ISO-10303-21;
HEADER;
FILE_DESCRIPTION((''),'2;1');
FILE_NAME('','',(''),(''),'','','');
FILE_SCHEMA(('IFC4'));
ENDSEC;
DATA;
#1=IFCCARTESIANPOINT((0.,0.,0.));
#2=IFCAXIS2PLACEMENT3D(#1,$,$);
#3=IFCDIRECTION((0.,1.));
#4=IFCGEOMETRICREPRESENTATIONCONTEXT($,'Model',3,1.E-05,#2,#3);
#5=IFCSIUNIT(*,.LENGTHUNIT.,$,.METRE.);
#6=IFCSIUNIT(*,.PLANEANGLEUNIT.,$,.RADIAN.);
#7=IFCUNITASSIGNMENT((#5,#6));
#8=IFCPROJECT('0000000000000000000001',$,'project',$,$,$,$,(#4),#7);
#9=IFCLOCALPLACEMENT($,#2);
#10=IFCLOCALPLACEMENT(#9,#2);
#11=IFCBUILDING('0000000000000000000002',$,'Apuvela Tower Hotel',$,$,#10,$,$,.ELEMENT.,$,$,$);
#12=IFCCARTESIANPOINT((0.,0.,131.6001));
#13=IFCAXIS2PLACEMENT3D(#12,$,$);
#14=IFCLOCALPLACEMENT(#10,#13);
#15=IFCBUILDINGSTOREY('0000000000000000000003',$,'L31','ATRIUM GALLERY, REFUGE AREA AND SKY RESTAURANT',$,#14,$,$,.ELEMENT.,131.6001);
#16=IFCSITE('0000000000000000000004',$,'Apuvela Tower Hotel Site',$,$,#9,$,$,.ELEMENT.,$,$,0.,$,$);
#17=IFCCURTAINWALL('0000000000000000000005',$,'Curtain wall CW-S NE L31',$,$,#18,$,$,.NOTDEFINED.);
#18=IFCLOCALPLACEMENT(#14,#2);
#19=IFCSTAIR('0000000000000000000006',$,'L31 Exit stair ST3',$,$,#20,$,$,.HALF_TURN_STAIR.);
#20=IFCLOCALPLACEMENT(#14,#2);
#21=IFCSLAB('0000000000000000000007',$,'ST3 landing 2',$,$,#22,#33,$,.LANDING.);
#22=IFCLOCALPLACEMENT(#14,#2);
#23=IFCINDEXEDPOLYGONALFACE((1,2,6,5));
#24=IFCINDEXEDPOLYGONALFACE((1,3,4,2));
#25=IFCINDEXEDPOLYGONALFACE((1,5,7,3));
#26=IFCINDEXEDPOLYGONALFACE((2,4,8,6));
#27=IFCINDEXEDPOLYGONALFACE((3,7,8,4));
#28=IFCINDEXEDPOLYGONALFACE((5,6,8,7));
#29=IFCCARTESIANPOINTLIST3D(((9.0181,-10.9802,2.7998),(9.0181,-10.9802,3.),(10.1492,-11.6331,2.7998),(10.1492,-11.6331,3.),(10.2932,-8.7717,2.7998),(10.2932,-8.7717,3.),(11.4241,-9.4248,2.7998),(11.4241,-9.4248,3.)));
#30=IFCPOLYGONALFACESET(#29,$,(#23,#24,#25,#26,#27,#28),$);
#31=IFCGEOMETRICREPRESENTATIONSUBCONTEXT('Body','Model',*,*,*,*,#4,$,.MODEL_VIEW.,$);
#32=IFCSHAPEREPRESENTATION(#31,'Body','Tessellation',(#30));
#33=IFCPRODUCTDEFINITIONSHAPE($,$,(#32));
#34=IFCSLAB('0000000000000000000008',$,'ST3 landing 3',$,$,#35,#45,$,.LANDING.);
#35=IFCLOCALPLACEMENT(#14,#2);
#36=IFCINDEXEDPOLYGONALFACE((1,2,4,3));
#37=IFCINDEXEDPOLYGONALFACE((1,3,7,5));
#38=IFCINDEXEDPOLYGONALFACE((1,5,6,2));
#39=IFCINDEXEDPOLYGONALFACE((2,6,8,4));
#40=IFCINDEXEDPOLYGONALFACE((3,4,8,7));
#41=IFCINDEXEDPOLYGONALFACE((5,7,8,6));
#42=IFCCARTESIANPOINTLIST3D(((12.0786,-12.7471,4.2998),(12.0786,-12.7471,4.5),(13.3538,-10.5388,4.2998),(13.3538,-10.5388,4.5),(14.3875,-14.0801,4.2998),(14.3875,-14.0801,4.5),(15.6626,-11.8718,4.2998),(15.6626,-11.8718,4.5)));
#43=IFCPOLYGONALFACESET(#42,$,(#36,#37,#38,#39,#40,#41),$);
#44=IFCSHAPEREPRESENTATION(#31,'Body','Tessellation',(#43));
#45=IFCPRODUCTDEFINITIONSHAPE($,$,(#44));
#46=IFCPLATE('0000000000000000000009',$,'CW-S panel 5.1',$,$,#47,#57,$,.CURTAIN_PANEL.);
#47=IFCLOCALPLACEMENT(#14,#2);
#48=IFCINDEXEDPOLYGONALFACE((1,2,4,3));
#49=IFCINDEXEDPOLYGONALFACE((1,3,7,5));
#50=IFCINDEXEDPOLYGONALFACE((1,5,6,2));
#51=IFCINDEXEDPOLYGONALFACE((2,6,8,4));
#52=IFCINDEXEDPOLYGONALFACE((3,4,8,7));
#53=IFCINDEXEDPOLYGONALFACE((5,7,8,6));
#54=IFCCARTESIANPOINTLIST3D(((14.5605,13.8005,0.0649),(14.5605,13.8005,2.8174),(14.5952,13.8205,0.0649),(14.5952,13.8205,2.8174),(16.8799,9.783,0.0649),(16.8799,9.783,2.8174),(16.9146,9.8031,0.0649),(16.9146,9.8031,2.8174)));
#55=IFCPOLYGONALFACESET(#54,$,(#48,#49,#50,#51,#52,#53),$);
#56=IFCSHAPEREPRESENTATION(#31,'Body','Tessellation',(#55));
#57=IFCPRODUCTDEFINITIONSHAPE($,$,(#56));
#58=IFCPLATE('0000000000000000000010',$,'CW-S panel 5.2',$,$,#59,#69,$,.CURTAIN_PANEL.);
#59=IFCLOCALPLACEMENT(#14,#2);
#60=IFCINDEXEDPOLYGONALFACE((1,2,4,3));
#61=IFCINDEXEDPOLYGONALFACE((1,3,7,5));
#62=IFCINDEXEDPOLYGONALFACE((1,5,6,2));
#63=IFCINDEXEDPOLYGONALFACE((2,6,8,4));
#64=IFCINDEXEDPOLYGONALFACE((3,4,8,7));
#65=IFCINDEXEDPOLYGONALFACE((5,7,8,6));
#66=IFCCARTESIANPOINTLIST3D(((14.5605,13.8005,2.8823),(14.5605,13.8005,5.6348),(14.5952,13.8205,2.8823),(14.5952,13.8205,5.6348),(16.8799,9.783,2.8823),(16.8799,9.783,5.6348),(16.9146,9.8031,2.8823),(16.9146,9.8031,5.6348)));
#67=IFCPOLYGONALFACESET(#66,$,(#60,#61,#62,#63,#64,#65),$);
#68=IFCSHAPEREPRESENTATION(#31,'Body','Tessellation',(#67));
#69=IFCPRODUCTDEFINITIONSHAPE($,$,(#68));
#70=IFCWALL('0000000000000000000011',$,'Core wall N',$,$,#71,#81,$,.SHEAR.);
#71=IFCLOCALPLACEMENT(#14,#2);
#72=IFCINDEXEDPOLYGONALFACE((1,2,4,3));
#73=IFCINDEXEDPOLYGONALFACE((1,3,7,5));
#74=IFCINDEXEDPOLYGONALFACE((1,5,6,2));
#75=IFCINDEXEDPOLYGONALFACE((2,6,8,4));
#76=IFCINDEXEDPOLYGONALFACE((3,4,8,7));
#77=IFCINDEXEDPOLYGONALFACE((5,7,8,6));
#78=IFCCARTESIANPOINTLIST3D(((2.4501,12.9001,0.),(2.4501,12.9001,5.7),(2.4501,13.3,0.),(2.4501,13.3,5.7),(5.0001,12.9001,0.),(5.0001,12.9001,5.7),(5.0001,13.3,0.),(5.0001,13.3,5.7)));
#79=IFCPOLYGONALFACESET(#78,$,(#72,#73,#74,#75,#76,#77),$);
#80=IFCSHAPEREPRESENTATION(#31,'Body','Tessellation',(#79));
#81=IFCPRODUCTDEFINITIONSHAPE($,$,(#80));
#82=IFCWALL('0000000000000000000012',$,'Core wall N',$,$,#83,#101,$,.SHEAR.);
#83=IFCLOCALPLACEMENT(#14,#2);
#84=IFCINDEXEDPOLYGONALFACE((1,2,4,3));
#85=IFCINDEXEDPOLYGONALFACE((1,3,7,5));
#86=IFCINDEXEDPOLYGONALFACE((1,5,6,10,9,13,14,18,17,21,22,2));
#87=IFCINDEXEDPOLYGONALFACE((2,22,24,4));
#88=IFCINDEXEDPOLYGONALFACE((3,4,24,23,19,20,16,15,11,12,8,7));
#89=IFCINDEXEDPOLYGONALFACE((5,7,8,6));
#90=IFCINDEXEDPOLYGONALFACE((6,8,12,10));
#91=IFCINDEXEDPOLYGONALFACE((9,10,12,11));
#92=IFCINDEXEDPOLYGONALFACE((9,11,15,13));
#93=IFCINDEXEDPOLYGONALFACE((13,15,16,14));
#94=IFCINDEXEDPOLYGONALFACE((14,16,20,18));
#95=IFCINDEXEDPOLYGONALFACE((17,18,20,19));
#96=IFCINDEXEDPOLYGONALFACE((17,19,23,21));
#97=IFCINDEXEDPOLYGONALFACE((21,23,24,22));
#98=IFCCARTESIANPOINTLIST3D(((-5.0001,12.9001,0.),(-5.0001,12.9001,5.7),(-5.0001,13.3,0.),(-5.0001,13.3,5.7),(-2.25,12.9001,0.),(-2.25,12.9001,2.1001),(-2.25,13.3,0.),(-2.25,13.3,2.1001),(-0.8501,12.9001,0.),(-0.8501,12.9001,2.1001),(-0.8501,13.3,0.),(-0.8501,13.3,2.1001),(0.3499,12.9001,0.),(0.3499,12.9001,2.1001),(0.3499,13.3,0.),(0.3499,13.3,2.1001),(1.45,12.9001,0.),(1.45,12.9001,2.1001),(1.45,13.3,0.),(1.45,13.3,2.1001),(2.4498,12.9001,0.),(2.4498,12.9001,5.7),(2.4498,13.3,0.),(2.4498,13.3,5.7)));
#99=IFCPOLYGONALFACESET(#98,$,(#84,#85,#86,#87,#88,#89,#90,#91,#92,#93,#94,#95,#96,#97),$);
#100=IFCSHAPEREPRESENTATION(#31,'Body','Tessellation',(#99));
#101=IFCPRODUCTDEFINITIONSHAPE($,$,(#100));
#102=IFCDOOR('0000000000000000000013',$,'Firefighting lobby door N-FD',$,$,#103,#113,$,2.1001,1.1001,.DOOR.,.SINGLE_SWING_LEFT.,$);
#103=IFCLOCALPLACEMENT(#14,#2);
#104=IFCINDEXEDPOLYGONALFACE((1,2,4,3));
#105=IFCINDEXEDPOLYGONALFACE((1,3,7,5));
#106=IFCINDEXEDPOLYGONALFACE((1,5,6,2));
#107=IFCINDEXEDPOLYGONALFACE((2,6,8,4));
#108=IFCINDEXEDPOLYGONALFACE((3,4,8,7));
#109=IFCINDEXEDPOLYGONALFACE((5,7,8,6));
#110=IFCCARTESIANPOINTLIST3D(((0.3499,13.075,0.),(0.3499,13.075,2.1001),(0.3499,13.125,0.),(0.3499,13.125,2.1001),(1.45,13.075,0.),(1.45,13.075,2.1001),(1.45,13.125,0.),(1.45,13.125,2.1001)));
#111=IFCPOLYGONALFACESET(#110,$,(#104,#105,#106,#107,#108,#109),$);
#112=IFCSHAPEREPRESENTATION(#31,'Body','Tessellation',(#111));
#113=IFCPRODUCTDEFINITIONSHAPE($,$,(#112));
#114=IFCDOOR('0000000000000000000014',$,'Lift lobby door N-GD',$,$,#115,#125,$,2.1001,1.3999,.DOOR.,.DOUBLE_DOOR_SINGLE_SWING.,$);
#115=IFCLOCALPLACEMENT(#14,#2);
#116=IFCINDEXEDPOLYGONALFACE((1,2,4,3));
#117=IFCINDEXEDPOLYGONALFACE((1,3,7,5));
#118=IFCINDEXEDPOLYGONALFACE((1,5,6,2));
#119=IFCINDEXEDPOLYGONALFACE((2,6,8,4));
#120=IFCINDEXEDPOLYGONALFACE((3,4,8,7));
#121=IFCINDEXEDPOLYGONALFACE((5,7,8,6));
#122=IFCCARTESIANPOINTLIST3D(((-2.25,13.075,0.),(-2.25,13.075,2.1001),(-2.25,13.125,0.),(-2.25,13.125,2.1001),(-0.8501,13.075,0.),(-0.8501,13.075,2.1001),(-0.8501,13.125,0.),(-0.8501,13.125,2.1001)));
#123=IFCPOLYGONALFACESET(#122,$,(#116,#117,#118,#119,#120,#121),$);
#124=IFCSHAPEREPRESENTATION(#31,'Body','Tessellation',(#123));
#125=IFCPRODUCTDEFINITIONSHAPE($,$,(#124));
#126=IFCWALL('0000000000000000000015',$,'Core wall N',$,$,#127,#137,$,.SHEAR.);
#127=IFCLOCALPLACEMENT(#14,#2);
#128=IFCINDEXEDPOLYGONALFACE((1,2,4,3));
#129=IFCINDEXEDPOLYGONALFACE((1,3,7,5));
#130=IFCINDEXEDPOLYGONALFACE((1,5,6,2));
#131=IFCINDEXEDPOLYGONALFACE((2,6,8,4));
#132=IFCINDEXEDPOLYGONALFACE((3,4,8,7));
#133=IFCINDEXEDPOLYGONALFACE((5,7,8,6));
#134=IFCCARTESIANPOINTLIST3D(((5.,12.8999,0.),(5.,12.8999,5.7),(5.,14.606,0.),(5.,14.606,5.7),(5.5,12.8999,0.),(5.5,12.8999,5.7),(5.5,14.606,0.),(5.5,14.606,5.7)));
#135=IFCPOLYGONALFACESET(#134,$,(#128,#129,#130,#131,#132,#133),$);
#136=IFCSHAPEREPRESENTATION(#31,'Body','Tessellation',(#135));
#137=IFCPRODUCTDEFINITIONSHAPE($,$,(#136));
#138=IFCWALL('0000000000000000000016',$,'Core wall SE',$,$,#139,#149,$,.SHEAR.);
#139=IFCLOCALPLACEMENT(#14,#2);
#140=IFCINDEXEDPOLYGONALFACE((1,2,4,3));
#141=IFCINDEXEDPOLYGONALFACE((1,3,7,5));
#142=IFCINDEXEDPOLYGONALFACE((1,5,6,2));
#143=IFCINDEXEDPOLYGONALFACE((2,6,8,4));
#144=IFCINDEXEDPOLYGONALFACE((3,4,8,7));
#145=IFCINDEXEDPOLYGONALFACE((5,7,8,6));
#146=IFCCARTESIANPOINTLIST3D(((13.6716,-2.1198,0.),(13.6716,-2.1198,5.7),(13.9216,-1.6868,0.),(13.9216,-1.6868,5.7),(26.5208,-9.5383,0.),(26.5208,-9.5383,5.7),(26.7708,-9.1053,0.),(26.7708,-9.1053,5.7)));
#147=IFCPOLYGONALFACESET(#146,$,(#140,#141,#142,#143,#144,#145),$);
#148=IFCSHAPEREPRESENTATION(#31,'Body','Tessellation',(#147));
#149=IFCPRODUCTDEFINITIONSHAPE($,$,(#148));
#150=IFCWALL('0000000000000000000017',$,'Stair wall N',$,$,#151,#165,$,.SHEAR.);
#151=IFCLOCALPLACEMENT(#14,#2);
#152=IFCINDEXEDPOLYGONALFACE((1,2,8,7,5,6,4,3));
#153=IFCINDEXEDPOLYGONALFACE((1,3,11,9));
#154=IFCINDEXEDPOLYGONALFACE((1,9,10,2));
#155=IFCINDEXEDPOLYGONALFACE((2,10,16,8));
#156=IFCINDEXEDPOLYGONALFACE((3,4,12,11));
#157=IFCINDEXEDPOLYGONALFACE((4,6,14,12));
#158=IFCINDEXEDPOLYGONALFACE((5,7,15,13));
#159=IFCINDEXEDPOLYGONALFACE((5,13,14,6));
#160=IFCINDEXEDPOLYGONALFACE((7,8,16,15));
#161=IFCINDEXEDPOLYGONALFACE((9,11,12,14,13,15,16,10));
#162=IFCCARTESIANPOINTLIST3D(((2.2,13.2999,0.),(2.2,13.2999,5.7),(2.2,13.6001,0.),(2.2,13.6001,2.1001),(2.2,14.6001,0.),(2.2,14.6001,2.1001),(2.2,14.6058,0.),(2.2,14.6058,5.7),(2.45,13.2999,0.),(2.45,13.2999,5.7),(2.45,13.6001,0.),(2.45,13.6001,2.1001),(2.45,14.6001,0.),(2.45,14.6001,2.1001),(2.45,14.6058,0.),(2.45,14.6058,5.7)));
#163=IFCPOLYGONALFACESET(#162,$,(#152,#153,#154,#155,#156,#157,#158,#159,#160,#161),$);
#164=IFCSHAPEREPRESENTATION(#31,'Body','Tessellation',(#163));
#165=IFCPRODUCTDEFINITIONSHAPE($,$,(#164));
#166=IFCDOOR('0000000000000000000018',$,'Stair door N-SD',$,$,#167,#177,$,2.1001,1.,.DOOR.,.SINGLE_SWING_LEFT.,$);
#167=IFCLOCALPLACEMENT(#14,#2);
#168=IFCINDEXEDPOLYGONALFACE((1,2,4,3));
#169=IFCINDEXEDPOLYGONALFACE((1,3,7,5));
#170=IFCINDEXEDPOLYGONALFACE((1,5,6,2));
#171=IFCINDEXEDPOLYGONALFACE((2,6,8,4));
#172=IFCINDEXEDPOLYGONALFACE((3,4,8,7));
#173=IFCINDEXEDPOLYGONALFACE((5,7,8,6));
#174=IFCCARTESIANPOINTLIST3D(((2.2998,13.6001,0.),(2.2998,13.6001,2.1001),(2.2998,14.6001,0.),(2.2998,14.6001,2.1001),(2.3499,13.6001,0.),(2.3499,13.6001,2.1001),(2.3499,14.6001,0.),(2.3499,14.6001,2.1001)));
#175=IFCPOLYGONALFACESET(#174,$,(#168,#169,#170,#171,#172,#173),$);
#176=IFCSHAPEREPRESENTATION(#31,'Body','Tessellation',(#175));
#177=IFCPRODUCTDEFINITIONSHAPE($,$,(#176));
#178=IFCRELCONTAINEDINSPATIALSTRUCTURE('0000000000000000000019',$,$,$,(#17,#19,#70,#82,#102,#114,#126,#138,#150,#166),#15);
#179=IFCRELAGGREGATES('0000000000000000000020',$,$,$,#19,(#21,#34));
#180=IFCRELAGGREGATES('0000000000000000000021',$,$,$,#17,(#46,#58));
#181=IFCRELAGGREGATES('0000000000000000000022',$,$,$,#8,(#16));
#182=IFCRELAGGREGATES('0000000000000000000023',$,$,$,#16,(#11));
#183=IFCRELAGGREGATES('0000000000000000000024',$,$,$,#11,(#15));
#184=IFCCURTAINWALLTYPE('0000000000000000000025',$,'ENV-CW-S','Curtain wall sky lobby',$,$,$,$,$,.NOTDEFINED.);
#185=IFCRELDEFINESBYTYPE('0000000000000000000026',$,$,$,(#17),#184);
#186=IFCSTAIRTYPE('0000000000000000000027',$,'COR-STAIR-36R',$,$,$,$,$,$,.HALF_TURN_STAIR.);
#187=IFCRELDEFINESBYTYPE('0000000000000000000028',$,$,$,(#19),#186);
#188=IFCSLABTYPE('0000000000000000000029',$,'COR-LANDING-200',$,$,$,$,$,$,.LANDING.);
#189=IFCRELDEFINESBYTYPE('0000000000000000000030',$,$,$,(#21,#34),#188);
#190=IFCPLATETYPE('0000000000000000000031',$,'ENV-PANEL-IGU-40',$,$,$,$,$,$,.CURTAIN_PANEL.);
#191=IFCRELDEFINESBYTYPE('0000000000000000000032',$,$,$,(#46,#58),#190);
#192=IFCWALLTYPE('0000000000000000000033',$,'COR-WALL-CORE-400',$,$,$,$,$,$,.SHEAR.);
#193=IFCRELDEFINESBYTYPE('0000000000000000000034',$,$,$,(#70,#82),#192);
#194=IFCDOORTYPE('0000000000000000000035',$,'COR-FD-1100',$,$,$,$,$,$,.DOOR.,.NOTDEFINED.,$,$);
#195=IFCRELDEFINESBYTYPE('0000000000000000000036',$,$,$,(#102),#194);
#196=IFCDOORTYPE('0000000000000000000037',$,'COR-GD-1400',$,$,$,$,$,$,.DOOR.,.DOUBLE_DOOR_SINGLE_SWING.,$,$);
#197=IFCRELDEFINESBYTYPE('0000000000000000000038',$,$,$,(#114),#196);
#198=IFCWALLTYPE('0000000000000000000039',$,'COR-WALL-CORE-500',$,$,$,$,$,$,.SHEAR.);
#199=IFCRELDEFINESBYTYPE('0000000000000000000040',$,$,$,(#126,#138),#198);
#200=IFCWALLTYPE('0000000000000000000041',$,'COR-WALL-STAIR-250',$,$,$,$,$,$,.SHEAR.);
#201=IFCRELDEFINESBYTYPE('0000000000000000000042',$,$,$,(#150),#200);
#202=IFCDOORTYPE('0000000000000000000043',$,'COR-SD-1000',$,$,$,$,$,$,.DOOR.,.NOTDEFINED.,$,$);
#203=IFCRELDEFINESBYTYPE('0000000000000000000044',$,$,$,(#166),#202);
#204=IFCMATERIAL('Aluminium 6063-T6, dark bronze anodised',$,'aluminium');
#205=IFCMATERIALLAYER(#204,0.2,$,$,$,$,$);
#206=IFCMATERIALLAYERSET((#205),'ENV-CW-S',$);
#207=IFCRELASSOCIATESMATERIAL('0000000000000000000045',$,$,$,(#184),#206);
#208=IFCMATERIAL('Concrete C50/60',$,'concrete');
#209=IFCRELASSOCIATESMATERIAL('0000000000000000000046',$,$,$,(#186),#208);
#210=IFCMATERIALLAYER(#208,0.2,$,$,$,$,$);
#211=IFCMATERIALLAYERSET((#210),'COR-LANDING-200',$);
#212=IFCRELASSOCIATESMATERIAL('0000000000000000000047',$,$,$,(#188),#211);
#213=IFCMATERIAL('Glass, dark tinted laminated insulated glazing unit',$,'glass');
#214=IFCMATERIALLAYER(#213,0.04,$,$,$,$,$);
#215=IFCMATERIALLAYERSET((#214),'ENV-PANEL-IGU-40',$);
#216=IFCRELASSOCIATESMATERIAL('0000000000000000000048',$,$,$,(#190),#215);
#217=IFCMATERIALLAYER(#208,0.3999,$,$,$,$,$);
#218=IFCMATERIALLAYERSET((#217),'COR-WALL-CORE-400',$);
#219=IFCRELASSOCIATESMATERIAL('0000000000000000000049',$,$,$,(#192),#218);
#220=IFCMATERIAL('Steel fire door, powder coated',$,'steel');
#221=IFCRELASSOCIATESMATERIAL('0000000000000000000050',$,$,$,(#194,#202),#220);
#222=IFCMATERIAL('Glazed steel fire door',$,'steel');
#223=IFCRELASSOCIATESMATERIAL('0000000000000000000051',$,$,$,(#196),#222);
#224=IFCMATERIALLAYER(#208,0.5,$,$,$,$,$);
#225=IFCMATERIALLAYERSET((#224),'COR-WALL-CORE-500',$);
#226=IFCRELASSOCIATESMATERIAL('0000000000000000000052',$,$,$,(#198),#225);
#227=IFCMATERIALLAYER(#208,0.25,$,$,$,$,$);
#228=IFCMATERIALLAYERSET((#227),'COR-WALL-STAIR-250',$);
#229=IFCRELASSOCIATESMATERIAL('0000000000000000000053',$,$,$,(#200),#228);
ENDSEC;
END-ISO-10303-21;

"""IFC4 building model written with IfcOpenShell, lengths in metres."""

from ifc_helpers import new_model, si_unit, direction, frame, frame_2d, origin, origin_2d, place, context, subcontext, project, spatial, polyline, rectangle, outline, extrude, material, layer, layer_set, type_object, element, fill, aggregate, save


model = new_model("IFC4")

# Units and contexts
model_context = context("Model", 3, precision=1e-05, world=origin(), true_north=direction((0.0, 1.0)))
body_context = subcontext(model_context, "Body", "Model", "MODEL_VIEW")
ifc_project = project(units=[si_unit("LENGTHUNIT", "METRE"), si_unit("PLANEANGLEUNIT", "RADIAN")], contexts=[model_context])

# Site, building, storey
site_placement = place(None, origin())
site = spatial("IfcSite", under=ifc_project, at=site_placement, Name="Apuvela Tower Hotel Site", CompositionType="ELEMENT", RefElevation=0.0)
building_placement = place(site_placement, origin())
building = spatial("IfcBuilding", under=site, at=building_placement, Name="Apuvela Tower Hotel", CompositionType="ELEMENT")
storey_placement = place(building_placement, frame((0.0, 0.0, 131.6001)))
storey = spatial("IfcBuildingStorey", under=building, at=storey_placement, Name="L31", Description="ATRIUM GALLERY, REFUGE AREA AND SKY RESTAURANT", CompositionType="ELEMENT", Elevation=131.6001)

# Curtain wall
ifc_material_1 = material(Name="Aluminium 6063-T6, dark bronze anodised", Category="aluminium")
ifc_layer_1 = layer(ifc_material_1, 0.2)
ifc_layer_set_1 = layer_set([ifc_layer_1], Name="ENV-CW-S")
curtain_wall_type = type_object("IfcCurtainWallType", Name="ENV-CW-S", Description="Curtain wall sky lobby", PredefinedType="NOTDEFINED", material=ifc_layer_set_1)
curtain_wall_placement = place(storey_placement, origin())
curtain_wall = element("IfcCurtainWall", 1, at=curtain_wall_placement, inside=storey, type_object=curtain_wall_type, Name="Curtain wall CW-S NE L31", PredefinedType="NOTDEFINED")

# Stair, slabs
ifc_material_2 = material(Name="Concrete C50/60", Category="concrete")
stair_type = type_object("IfcStairType", Name="COR-STAIR-36R", PredefinedType="HALF_TURN_STAIR", material=ifc_material_2)
stair_placement = place(storey_placement, origin())
stair = element("IfcStair", 2, at=stair_placement, inside=storey, type_object=stair_type, Name="L31 Exit stair ST3", PredefinedType="HALF_TURN_STAIR")
ifc_layer_2 = layer(ifc_material_2, 0.2)
ifc_layer_set_2 = layer_set([ifc_layer_2], Name="COR-LANDING-200")
slab_type = type_object("IfcSlabType", Name="COR-LANDING-200", PredefinedType="LANDING", material=ifc_layer_set_2)
slab_1_placement = place(storey_placement, frame((0.0, 0.0, 2.7998)))
slab_1 = element("IfcSlab", 3, at=slab_1_placement, type_object=slab_type, Name="ST3 landing 2", PredefinedType="LANDING", context=body_context, shape_type="SweptSolid", body=[
    extrude(outline(polyline([(9.0181, -10.9802), (10.1492, -11.6331), (11.4241, -9.4248), (10.2932, -8.7717), (9.0181, -10.9802)])), origin(), (0.0, 0.0, 1.0), 0.2002),
])
slab_2_placement = place(storey_placement, frame((0.0, 0.0, 4.2998)))
slab_2 = element("IfcSlab", 4, at=slab_2_placement, type_object=slab_type, Name="ST3 landing 3", PredefinedType="LANDING", context=body_context, shape_type="SweptSolid", body=[
    extrude(outline(polyline([(12.0786, -12.7471), (14.3875, -14.0801), (15.6626, -11.8718), (13.3538, -10.5388), (12.0786, -12.7471)])), origin(), (0.0, 0.0, 1.0), 0.2002),
])
aggregate(stair, [slab_1, slab_2])

# Plates
ifc_material_3 = material(Name="Glass, dark tinted laminated insulated glazing unit", Category="glass")
ifc_layer_3 = layer(ifc_material_3, 0.04)
ifc_layer_set_3 = layer_set([ifc_layer_3], Name="ENV-PANEL-IGU-40")
plate_type = type_object("IfcPlateType", Name="ENV-PANEL-IGU-40", PredefinedType="CURTAIN_PANEL", material=ifc_layer_set_3)
plate_1_placement = place(storey_placement, frame((15.7375, 11.8018, 0.0649), z_axis=(0.0, 0.0, 1.0), x_axis=(-0.499999, 0.866026, 0.0)))
plate_1 = element("IfcPlate", 5, at=plate_1_placement, type_object=plate_type, Name="CW-S panel 5.1", PredefinedType="CURTAIN_PANEL", context=body_context, shape_type="SweptSolid", body=[
    extrude(rectangle(XDim=4.6389, YDim=0.04, at=origin_2d()), origin(), (0.0, 0.0, 1.0), 2.7524),
])
plate_2_placement = place(storey_placement, frame((15.7375, 11.8018, 2.8823), z_axis=(0.0, 0.0, 1.0), x_axis=(-0.499999, 0.866026, 0.0)))
plate_2 = element("IfcPlate", 6, at=plate_2_placement, type_object=plate_type, Name="CW-S panel 5.2", PredefinedType="CURTAIN_PANEL", context=body_context, shape_type="SweptSolid", body=[
    extrude(rectangle(XDim=4.6389, YDim=0.04, at=origin_2d()), origin(), (0.0, 0.0, 1.0), 2.7524),
])
aggregate(curtain_wall, [plate_1, plate_2])

# Wall
ifc_layer_4 = layer(ifc_material_2, 0.3999)
ifc_layer_set_4 = layer_set([ifc_layer_4], Name="COR-WALL-CORE-400")
wall_type_1 = type_object("IfcWallType", Name="COR-WALL-CORE-400", PredefinedType="SHEAR", material=ifc_layer_set_4)
wall_1_placement = place(storey_placement, frame((5.0, 13.1001, 0.0), z_axis=(0.0, 0.0, 1.0), x_axis=(-1.0, 0.0, 0.0)))
element("IfcWall", 7, at=wall_1_placement, inside=storey, type_object=wall_type_1, Name="Core wall N", PredefinedType="SHEAR", context=body_context, shape_type="SweptSolid", body=[
    extrude(rectangle(XDim=2.55, YDim=0.3999, at=frame_2d((1.2749, 0.0))), origin(), (0.0, 0.0, 1.0), 5.7),
])

# Wall, openings, doors
wall_2_placement = place(storey_placement, frame((2.45, 13.1001, 0.0), z_axis=(0.0, 0.0, 1.0), x_axis=(-1.0, 0.0, 0.0)))
wall_2 = element("IfcWall", 8, at=wall_2_placement, inside=storey, type_object=wall_type_1, Name="Core wall N", PredefinedType="SHEAR", context=body_context, shape_type="SweptSolid", body=[
    extrude(rectangle(XDim=7.45, YDim=0.3999, at=frame_2d((3.7251, 0.0))), origin(), (0.0, 0.0, 1.0), 5.7),
])
opening_1_placement = place(wall_2_placement, frame((1.0, 0.0, 0.0)))
opening_1 = element("IfcOpeningElement", 9, at=opening_1_placement, cuts=wall_2, PredefinedType="OPENING", context=body_context, shape_type="SweptSolid", body=[
    extrude(rectangle(XDim=1.1001, YDim=2.1001, at=frame_2d((0.55, 1.05))), frame((0.0, 0.21, 0.0), z_axis=(0.0, -1.0, 0.0), x_axis=(1.0, 0.0, 0.0)), (0.0, 0.0, 1.0), 0.4199),
])
opening_2_placement = place(wall_2_placement, frame((3.3, 0.0, 0.0)))
opening_2 = element("IfcOpeningElement", 10, at=opening_2_placement, cuts=wall_2, PredefinedType="OPENING", context=body_context, shape_type="SweptSolid", body=[
    extrude(rectangle(XDim=1.3999, YDim=2.1001, at=frame_2d((0.7, 1.05))), frame((0.0, 0.21, 0.0), z_axis=(0.0, -1.0, 0.0), x_axis=(1.0, 0.0, 0.0)), (0.0, 0.0, 1.0), 0.4199),
])
ifc_material_4 = material(Name="Steel fire door, powder coated", Category="steel")
door_type_1 = type_object("IfcDoorType", Name="COR-FD-1100", OperationType="NOTDEFINED", PredefinedType="DOOR", material=ifc_material_4)
door_1_placement = place(opening_1_placement, frame((1.1001, 0.0, 0.0), z_axis=(0.0, 0.0, 1.0), x_axis=(-1.0, 0.0, 0.0)))
door_1 = element("IfcDoor", 11, at=door_1_placement, inside=storey, type_object=door_type_1, Name="Firefighting lobby door N-FD", OperationType="SINGLE_SWING_LEFT", OverallHeight=2.1001, OverallWidth=1.1001, PredefinedType="DOOR", context=body_context, shape_type="SweptSolid", body=[
    extrude(rectangle(XDim=1.1001, YDim=2.1001, at=frame_2d((0.55, 1.05))), frame((0.0, 0.0249, 0.0), z_axis=(0.0, -1.0, 0.0), x_axis=(1.0, 0.0, 0.0)), (0.0, 0.0, 1.0), 0.05),
])
fill(opening_1, door_1)
ifc_material_5 = material(Name="Glazed steel fire door", Category="steel")
door_type_2 = type_object("IfcDoorType", Name="COR-GD-1400", OperationType="DOUBLE_DOOR_SINGLE_SWING", PredefinedType="DOOR", material=ifc_material_5)
door_2_placement = place(opening_2_placement, frame((1.3999, 0.0, 0.0), z_axis=(0.0, 0.0, 1.0), x_axis=(-1.0, 0.0, 0.0)))
door_2 = element("IfcDoor", 12, at=door_2_placement, inside=storey, type_object=door_type_2, Name="Lift lobby door N-GD", OperationType="DOUBLE_DOOR_SINGLE_SWING", OverallHeight=2.1001, OverallWidth=1.3999, PredefinedType="DOOR", context=body_context, shape_type="SweptSolid", body=[
    extrude(rectangle(XDim=1.3999, YDim=2.1001, at=frame_2d((0.7, 1.05))), frame((0.0, 0.0249, 0.0), z_axis=(0.0, -1.0, 0.0), x_axis=(1.0, 0.0, 0.0)), (0.0, 0.0, 1.0), 0.05),
])
fill(opening_2, door_2)

# Walls
ifc_layer_5 = layer(ifc_material_2, 0.5)
ifc_layer_set_5 = layer_set([ifc_layer_5], Name="COR-WALL-CORE-500")
wall_type_2 = type_object("IfcWallType", Name="COR-WALL-CORE-500", PredefinedType="SHEAR", material=ifc_layer_set_5)
wall_3_placement = place(storey_placement, frame((5.25, 12.8999, 0.0), z_axis=(0.0, 0.0, 1.0), x_axis=(0.0, 1.0, 0.0)))
element("IfcWall", 13, at=wall_3_placement, inside=storey, type_object=wall_type_2, Name="Core wall N", PredefinedType="SHEAR", context=body_context, shape_type="SweptSolid", body=[
    extrude(rectangle(XDim=1.7061, YDim=0.5, at=frame_2d((0.853, 0.0))), origin(), (0.0, 0.0, 1.0), 5.7),
])
wall_4_placement = place(storey_placement, frame((13.7966, -1.9033, 0.0), z_axis=(0.0, 0.0, 1.0), x_axis=(0.866025, -0.500001, 0.0)))
element("IfcWall", 14, at=wall_4_placement, inside=storey, type_object=wall_type_2, Name="Core wall SE", PredefinedType="SHEAR", context=body_context, shape_type="SweptSolid", body=[
    extrude(rectangle(XDim=14.8369, YDim=0.5, at=frame_2d((7.4185, 0.0))), origin(), (0.0, 0.0, 1.0), 5.7),
])

# Wall, opening, door
ifc_layer_6 = layer(ifc_material_2, 0.25)
ifc_layer_set_6 = layer_set([ifc_layer_6], Name="COR-WALL-STAIR-250")
wall_type_3 = type_object("IfcWallType", Name="COR-WALL-STAIR-250", PredefinedType="SHEAR", material=ifc_layer_set_6)
wall_5_placement = place(storey_placement, frame((2.325, 13.3, 0.0), z_axis=(0.0, 0.0, 1.0), x_axis=(0.0, 1.0, 0.0)))
wall_5 = element("IfcWall", 15, at=wall_5_placement, inside=storey, type_object=wall_type_3, Name="Stair wall N", PredefinedType="SHEAR", context=body_context, shape_type="SweptSolid", body=[
    extrude(rectangle(XDim=1.3059, YDim=0.25, at=frame_2d((0.6528, 0.0))), origin(), (0.0, 0.0, 1.0), 5.7),
])
opening_3_placement = place(wall_5_placement, frame((0.3, 0.0, 0.0)))
opening_3 = element("IfcOpeningElement", 16, at=opening_3_placement, cuts=wall_5, PredefinedType="OPENING", context=body_context, shape_type="SweptSolid", body=[
    extrude(rectangle(XDim=1.0, YDim=2.1001, at=frame_2d((0.5, 1.05))), frame((0.0, 0.135, 0.0), z_axis=(0.0, -1.0, 0.0), x_axis=(1.0, 0.0, 0.0)), (0.0, 0.0, 1.0), 0.27),
])
door_type_3 = type_object("IfcDoorType", Name="COR-SD-1000", OperationType="NOTDEFINED", PredefinedType="DOOR", material=ifc_material_4)
door_3_placement = place(opening_3_placement, frame((1.0, 0.0, 0.0), z_axis=(0.0, 0.0, 1.0), x_axis=(-1.0, 0.0, 0.0)))
door_3 = element("IfcDoor", 17, at=door_3_placement, inside=storey, type_object=door_type_3, Name="Stair door N-SD", OperationType="SINGLE_SWING_LEFT", OverallHeight=2.1001, OverallWidth=1.0, PredefinedType="DOOR", context=body_context, shape_type="SweptSolid", body=[
    extrude(rectangle(XDim=1.0, YDim=2.1001, at=frame_2d((0.5, 1.05))), frame((0.0, 0.0249, 0.0), z_axis=(0.0, -1.0, 0.0), x_axis=(1.0, 0.0, 0.0)), (0.0, 0.0, 1.0), 0.05),
])
fill(opening_3, door_3)

save(model, "model.ifc")
